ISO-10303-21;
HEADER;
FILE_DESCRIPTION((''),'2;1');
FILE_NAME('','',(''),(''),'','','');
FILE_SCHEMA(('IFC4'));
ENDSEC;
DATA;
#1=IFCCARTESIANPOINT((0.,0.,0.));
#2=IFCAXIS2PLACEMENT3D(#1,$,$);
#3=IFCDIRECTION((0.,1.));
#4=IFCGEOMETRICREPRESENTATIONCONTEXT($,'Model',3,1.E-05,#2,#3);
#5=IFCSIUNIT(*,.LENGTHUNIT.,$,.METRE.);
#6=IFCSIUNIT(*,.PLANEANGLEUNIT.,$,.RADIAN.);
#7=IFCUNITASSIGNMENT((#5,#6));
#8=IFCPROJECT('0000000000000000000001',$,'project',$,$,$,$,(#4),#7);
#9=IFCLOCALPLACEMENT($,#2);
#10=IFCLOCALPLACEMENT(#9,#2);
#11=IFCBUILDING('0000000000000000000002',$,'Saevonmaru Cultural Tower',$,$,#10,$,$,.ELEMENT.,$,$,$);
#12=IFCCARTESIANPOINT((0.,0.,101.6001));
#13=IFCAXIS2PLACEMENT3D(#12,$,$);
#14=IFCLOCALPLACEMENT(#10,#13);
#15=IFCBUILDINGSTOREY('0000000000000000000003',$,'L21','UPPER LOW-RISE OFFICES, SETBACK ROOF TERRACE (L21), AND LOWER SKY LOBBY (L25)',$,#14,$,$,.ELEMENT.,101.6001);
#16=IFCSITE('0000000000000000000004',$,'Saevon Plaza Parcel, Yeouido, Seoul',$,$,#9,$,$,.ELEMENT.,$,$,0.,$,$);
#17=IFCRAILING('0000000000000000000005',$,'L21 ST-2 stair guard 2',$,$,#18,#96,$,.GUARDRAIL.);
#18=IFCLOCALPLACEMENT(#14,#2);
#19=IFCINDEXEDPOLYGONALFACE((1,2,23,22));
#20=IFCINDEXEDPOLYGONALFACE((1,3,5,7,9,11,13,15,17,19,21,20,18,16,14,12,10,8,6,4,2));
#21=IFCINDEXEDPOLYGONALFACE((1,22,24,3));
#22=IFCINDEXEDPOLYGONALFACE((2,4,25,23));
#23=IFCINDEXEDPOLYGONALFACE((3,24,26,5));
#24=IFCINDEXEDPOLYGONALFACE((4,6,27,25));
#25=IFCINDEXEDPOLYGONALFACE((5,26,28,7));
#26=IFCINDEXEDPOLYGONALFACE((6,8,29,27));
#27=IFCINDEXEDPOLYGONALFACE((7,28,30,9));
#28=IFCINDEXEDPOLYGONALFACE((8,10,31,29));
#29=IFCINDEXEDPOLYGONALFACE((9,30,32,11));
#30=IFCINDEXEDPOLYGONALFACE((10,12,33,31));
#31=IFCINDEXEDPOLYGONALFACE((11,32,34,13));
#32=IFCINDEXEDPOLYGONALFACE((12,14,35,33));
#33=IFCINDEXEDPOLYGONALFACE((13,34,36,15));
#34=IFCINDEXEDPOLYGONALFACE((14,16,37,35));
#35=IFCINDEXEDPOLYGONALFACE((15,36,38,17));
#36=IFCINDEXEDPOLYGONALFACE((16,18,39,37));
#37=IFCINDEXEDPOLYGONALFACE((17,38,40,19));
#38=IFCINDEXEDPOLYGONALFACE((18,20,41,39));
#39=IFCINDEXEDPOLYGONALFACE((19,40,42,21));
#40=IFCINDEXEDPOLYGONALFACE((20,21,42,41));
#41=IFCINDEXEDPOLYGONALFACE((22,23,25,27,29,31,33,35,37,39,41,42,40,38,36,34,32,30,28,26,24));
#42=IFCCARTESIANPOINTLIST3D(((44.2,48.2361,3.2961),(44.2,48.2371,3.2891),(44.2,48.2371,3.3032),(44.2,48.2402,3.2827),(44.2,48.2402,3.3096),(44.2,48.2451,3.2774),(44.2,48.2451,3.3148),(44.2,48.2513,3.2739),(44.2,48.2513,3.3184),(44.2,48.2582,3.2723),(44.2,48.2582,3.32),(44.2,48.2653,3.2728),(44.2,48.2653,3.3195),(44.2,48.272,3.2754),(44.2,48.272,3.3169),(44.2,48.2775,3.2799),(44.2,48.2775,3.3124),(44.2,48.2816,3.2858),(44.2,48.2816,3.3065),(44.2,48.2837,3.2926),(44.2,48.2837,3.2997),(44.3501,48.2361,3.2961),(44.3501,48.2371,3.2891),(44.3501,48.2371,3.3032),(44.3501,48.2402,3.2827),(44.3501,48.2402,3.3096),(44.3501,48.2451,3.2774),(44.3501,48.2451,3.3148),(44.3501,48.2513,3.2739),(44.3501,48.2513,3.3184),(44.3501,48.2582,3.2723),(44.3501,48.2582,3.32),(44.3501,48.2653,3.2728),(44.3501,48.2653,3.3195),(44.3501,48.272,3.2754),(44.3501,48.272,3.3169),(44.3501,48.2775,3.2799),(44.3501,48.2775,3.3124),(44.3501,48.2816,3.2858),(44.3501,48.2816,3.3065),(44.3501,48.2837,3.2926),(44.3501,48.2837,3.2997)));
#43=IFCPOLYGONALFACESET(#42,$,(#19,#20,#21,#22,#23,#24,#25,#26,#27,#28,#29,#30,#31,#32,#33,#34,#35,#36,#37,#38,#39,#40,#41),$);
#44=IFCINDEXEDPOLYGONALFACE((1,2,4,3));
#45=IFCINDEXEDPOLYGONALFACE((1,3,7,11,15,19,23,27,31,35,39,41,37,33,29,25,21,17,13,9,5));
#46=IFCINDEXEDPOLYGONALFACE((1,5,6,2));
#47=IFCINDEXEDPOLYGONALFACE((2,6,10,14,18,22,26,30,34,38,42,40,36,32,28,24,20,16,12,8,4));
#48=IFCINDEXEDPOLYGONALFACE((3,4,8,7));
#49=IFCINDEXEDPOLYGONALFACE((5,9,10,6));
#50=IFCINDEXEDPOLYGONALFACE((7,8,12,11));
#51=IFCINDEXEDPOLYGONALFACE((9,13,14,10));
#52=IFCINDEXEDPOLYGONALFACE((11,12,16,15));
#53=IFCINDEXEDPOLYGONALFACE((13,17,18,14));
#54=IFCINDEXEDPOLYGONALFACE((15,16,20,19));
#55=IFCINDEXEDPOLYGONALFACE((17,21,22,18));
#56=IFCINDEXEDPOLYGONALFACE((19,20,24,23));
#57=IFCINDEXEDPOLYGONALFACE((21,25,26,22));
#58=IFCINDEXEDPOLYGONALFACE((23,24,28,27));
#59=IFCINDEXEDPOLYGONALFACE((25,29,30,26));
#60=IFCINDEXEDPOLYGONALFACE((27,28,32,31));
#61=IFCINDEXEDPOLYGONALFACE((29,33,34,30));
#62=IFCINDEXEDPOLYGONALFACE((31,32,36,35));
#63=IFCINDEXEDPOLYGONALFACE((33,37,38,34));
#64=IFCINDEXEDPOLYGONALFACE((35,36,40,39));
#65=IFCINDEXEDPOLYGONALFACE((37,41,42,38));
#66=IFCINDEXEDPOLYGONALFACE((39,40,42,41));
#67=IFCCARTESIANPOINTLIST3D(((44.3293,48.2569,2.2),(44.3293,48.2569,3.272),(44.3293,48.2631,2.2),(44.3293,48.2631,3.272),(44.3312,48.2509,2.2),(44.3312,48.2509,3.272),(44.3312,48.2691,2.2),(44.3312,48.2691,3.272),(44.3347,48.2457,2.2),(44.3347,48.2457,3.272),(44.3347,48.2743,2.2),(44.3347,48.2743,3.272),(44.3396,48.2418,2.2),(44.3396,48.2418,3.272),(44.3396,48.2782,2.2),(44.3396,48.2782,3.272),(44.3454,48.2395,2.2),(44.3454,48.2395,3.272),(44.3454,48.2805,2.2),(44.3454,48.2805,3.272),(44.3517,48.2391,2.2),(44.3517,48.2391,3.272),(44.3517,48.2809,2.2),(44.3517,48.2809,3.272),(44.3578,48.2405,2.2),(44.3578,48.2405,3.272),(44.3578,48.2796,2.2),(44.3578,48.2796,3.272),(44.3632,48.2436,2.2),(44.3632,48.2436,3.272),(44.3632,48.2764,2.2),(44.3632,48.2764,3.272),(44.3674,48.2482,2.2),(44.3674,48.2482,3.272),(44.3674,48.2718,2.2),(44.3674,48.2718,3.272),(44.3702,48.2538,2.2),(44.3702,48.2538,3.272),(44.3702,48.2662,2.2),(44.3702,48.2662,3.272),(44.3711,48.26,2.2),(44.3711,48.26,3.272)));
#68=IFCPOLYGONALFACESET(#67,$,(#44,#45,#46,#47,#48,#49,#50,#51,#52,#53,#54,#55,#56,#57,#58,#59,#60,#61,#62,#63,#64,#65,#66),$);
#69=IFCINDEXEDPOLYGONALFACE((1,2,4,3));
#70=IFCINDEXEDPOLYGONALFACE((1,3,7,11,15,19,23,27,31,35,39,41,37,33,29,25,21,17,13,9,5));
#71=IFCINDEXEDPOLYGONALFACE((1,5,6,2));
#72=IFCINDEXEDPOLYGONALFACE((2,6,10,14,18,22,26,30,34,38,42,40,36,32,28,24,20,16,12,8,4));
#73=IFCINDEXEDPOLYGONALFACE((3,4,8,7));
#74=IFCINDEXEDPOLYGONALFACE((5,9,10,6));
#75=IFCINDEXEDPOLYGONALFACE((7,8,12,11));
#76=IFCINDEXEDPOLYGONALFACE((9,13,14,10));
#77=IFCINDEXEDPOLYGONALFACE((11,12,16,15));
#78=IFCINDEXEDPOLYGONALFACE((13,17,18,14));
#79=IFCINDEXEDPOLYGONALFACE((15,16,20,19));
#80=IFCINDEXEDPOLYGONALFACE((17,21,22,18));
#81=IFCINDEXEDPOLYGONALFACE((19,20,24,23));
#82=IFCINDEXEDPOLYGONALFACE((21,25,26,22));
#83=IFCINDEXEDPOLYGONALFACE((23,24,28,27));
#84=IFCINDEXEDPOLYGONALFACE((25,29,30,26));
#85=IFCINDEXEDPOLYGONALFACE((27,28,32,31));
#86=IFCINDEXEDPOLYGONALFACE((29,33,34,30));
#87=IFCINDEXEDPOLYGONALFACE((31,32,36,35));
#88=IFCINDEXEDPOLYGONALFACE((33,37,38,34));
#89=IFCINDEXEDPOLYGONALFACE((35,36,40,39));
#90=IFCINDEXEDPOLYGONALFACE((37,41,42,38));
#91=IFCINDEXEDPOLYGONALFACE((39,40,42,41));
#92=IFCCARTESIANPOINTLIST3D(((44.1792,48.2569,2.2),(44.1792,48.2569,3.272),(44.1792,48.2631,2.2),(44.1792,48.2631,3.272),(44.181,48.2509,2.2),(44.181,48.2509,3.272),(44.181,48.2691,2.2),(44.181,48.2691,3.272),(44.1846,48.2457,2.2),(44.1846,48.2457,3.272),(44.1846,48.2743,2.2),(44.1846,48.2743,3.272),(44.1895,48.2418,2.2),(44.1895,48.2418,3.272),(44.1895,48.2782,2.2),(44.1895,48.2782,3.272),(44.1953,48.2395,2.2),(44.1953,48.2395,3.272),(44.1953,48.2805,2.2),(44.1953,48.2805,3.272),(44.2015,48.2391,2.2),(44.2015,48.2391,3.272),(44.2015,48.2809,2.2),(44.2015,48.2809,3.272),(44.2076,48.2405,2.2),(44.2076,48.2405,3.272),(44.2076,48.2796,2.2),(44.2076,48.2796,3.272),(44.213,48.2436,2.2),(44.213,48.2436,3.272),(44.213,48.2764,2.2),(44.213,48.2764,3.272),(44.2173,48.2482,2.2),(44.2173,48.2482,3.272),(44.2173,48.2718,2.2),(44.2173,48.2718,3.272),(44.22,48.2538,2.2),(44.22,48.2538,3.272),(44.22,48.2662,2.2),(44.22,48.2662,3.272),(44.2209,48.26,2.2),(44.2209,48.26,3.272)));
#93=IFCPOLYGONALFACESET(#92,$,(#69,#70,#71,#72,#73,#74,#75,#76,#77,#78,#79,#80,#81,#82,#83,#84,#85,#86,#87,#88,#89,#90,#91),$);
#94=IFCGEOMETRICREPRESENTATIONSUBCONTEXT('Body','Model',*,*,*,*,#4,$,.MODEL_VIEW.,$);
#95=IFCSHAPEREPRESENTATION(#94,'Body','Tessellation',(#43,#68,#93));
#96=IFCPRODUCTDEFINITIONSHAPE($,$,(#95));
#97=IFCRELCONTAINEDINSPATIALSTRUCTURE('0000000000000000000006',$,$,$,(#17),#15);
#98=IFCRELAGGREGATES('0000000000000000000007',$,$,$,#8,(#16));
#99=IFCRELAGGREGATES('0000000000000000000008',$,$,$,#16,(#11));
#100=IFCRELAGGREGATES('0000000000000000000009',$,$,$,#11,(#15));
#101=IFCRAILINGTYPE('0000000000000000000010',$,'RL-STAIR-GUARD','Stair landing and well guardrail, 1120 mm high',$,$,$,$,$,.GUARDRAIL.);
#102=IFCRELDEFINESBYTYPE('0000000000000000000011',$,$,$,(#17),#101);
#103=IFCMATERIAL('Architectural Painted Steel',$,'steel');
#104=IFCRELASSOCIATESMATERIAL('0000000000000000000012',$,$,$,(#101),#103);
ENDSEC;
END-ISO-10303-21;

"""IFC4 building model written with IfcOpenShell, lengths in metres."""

from ifc_helpers import new_model, si_unit, direction, frame, origin, origin_2d, place, context, subcontext, project, spatial, circle, extrude, material, type_object, element, save


model = new_model("IFC4")

# Units and contexts
model_context = context("Model", 3, precision=1e-05, world=origin(), true_north=direction((0.0, 1.0)))
body_context = subcontext(model_context, "Body", "Model", "MODEL_VIEW")
ifc_project = project(units=[si_unit("LENGTHUNIT", "METRE"), si_unit("PLANEANGLEUNIT", "RADIAN")], contexts=[model_context])

# Site, building, storey
site_placement = place(None, origin())
site = spatial("IfcSite", under=ifc_project, at=site_placement, Name="Saevon Plaza Parcel, Yeouido, Seoul", CompositionType="ELEMENT", RefElevation=0.0)
building_placement = place(site_placement, origin())
building = spatial("IfcBuilding", under=site, at=building_placement, Name="Saevonmaru Cultural Tower", CompositionType="ELEMENT")
storey_placement = place(building_placement, frame((0.0, 0.0, 101.6001)))
storey = spatial("IfcBuildingStorey", under=building, at=storey_placement, Name="L21", Description="UPPER LOW-RISE OFFICES, SETBACK ROOF TERRACE (L21), AND LOWER SKY LOBBY (L25)", CompositionType="ELEMENT", Elevation=101.6001)

# Railing
ifc_material_1 = material(Name="Architectural Painted Steel", Category="steel")
railing_type_1 = type_object("IfcRailingType", Name="RL-STAIR-GUARD", Description="Stair landing and well guardrail, 1120 mm high", PredefinedType="GUARDRAIL", material=ifc_material_1)
railing_1_placement = place(storey_placement, frame((44.3501, 48.26, 2.2)))
element("IfcRailing", 1, at=railing_1_placement, inside=storey, type_object=railing_type_1, Name="L21 ST-2 stair guard 2", PredefinedType="GUARDRAIL", context=body_context, shape_type="SweptSolid", body=[
    extrude(circle(Radius=0.0239, at=origin_2d()), frame((0.0, 0.0, 1.0962), z_axis=(-1.0, 0.0, 0.0), x_axis=(0.0, -1.0, 0.0)), (0.0, 0.0, 1.0), 0.1501),
    extrude(circle(Radius=0.021, at=origin_2d()), origin(), (0.0, 0.0, 1.0), 1.072),
    extrude(circle(Radius=0.021, at=origin_2d()), frame((-0.1501, 0.0, 0.0)), (0.0, 0.0, 1.0), 1.072),
])

save(model, "model.ifc")
